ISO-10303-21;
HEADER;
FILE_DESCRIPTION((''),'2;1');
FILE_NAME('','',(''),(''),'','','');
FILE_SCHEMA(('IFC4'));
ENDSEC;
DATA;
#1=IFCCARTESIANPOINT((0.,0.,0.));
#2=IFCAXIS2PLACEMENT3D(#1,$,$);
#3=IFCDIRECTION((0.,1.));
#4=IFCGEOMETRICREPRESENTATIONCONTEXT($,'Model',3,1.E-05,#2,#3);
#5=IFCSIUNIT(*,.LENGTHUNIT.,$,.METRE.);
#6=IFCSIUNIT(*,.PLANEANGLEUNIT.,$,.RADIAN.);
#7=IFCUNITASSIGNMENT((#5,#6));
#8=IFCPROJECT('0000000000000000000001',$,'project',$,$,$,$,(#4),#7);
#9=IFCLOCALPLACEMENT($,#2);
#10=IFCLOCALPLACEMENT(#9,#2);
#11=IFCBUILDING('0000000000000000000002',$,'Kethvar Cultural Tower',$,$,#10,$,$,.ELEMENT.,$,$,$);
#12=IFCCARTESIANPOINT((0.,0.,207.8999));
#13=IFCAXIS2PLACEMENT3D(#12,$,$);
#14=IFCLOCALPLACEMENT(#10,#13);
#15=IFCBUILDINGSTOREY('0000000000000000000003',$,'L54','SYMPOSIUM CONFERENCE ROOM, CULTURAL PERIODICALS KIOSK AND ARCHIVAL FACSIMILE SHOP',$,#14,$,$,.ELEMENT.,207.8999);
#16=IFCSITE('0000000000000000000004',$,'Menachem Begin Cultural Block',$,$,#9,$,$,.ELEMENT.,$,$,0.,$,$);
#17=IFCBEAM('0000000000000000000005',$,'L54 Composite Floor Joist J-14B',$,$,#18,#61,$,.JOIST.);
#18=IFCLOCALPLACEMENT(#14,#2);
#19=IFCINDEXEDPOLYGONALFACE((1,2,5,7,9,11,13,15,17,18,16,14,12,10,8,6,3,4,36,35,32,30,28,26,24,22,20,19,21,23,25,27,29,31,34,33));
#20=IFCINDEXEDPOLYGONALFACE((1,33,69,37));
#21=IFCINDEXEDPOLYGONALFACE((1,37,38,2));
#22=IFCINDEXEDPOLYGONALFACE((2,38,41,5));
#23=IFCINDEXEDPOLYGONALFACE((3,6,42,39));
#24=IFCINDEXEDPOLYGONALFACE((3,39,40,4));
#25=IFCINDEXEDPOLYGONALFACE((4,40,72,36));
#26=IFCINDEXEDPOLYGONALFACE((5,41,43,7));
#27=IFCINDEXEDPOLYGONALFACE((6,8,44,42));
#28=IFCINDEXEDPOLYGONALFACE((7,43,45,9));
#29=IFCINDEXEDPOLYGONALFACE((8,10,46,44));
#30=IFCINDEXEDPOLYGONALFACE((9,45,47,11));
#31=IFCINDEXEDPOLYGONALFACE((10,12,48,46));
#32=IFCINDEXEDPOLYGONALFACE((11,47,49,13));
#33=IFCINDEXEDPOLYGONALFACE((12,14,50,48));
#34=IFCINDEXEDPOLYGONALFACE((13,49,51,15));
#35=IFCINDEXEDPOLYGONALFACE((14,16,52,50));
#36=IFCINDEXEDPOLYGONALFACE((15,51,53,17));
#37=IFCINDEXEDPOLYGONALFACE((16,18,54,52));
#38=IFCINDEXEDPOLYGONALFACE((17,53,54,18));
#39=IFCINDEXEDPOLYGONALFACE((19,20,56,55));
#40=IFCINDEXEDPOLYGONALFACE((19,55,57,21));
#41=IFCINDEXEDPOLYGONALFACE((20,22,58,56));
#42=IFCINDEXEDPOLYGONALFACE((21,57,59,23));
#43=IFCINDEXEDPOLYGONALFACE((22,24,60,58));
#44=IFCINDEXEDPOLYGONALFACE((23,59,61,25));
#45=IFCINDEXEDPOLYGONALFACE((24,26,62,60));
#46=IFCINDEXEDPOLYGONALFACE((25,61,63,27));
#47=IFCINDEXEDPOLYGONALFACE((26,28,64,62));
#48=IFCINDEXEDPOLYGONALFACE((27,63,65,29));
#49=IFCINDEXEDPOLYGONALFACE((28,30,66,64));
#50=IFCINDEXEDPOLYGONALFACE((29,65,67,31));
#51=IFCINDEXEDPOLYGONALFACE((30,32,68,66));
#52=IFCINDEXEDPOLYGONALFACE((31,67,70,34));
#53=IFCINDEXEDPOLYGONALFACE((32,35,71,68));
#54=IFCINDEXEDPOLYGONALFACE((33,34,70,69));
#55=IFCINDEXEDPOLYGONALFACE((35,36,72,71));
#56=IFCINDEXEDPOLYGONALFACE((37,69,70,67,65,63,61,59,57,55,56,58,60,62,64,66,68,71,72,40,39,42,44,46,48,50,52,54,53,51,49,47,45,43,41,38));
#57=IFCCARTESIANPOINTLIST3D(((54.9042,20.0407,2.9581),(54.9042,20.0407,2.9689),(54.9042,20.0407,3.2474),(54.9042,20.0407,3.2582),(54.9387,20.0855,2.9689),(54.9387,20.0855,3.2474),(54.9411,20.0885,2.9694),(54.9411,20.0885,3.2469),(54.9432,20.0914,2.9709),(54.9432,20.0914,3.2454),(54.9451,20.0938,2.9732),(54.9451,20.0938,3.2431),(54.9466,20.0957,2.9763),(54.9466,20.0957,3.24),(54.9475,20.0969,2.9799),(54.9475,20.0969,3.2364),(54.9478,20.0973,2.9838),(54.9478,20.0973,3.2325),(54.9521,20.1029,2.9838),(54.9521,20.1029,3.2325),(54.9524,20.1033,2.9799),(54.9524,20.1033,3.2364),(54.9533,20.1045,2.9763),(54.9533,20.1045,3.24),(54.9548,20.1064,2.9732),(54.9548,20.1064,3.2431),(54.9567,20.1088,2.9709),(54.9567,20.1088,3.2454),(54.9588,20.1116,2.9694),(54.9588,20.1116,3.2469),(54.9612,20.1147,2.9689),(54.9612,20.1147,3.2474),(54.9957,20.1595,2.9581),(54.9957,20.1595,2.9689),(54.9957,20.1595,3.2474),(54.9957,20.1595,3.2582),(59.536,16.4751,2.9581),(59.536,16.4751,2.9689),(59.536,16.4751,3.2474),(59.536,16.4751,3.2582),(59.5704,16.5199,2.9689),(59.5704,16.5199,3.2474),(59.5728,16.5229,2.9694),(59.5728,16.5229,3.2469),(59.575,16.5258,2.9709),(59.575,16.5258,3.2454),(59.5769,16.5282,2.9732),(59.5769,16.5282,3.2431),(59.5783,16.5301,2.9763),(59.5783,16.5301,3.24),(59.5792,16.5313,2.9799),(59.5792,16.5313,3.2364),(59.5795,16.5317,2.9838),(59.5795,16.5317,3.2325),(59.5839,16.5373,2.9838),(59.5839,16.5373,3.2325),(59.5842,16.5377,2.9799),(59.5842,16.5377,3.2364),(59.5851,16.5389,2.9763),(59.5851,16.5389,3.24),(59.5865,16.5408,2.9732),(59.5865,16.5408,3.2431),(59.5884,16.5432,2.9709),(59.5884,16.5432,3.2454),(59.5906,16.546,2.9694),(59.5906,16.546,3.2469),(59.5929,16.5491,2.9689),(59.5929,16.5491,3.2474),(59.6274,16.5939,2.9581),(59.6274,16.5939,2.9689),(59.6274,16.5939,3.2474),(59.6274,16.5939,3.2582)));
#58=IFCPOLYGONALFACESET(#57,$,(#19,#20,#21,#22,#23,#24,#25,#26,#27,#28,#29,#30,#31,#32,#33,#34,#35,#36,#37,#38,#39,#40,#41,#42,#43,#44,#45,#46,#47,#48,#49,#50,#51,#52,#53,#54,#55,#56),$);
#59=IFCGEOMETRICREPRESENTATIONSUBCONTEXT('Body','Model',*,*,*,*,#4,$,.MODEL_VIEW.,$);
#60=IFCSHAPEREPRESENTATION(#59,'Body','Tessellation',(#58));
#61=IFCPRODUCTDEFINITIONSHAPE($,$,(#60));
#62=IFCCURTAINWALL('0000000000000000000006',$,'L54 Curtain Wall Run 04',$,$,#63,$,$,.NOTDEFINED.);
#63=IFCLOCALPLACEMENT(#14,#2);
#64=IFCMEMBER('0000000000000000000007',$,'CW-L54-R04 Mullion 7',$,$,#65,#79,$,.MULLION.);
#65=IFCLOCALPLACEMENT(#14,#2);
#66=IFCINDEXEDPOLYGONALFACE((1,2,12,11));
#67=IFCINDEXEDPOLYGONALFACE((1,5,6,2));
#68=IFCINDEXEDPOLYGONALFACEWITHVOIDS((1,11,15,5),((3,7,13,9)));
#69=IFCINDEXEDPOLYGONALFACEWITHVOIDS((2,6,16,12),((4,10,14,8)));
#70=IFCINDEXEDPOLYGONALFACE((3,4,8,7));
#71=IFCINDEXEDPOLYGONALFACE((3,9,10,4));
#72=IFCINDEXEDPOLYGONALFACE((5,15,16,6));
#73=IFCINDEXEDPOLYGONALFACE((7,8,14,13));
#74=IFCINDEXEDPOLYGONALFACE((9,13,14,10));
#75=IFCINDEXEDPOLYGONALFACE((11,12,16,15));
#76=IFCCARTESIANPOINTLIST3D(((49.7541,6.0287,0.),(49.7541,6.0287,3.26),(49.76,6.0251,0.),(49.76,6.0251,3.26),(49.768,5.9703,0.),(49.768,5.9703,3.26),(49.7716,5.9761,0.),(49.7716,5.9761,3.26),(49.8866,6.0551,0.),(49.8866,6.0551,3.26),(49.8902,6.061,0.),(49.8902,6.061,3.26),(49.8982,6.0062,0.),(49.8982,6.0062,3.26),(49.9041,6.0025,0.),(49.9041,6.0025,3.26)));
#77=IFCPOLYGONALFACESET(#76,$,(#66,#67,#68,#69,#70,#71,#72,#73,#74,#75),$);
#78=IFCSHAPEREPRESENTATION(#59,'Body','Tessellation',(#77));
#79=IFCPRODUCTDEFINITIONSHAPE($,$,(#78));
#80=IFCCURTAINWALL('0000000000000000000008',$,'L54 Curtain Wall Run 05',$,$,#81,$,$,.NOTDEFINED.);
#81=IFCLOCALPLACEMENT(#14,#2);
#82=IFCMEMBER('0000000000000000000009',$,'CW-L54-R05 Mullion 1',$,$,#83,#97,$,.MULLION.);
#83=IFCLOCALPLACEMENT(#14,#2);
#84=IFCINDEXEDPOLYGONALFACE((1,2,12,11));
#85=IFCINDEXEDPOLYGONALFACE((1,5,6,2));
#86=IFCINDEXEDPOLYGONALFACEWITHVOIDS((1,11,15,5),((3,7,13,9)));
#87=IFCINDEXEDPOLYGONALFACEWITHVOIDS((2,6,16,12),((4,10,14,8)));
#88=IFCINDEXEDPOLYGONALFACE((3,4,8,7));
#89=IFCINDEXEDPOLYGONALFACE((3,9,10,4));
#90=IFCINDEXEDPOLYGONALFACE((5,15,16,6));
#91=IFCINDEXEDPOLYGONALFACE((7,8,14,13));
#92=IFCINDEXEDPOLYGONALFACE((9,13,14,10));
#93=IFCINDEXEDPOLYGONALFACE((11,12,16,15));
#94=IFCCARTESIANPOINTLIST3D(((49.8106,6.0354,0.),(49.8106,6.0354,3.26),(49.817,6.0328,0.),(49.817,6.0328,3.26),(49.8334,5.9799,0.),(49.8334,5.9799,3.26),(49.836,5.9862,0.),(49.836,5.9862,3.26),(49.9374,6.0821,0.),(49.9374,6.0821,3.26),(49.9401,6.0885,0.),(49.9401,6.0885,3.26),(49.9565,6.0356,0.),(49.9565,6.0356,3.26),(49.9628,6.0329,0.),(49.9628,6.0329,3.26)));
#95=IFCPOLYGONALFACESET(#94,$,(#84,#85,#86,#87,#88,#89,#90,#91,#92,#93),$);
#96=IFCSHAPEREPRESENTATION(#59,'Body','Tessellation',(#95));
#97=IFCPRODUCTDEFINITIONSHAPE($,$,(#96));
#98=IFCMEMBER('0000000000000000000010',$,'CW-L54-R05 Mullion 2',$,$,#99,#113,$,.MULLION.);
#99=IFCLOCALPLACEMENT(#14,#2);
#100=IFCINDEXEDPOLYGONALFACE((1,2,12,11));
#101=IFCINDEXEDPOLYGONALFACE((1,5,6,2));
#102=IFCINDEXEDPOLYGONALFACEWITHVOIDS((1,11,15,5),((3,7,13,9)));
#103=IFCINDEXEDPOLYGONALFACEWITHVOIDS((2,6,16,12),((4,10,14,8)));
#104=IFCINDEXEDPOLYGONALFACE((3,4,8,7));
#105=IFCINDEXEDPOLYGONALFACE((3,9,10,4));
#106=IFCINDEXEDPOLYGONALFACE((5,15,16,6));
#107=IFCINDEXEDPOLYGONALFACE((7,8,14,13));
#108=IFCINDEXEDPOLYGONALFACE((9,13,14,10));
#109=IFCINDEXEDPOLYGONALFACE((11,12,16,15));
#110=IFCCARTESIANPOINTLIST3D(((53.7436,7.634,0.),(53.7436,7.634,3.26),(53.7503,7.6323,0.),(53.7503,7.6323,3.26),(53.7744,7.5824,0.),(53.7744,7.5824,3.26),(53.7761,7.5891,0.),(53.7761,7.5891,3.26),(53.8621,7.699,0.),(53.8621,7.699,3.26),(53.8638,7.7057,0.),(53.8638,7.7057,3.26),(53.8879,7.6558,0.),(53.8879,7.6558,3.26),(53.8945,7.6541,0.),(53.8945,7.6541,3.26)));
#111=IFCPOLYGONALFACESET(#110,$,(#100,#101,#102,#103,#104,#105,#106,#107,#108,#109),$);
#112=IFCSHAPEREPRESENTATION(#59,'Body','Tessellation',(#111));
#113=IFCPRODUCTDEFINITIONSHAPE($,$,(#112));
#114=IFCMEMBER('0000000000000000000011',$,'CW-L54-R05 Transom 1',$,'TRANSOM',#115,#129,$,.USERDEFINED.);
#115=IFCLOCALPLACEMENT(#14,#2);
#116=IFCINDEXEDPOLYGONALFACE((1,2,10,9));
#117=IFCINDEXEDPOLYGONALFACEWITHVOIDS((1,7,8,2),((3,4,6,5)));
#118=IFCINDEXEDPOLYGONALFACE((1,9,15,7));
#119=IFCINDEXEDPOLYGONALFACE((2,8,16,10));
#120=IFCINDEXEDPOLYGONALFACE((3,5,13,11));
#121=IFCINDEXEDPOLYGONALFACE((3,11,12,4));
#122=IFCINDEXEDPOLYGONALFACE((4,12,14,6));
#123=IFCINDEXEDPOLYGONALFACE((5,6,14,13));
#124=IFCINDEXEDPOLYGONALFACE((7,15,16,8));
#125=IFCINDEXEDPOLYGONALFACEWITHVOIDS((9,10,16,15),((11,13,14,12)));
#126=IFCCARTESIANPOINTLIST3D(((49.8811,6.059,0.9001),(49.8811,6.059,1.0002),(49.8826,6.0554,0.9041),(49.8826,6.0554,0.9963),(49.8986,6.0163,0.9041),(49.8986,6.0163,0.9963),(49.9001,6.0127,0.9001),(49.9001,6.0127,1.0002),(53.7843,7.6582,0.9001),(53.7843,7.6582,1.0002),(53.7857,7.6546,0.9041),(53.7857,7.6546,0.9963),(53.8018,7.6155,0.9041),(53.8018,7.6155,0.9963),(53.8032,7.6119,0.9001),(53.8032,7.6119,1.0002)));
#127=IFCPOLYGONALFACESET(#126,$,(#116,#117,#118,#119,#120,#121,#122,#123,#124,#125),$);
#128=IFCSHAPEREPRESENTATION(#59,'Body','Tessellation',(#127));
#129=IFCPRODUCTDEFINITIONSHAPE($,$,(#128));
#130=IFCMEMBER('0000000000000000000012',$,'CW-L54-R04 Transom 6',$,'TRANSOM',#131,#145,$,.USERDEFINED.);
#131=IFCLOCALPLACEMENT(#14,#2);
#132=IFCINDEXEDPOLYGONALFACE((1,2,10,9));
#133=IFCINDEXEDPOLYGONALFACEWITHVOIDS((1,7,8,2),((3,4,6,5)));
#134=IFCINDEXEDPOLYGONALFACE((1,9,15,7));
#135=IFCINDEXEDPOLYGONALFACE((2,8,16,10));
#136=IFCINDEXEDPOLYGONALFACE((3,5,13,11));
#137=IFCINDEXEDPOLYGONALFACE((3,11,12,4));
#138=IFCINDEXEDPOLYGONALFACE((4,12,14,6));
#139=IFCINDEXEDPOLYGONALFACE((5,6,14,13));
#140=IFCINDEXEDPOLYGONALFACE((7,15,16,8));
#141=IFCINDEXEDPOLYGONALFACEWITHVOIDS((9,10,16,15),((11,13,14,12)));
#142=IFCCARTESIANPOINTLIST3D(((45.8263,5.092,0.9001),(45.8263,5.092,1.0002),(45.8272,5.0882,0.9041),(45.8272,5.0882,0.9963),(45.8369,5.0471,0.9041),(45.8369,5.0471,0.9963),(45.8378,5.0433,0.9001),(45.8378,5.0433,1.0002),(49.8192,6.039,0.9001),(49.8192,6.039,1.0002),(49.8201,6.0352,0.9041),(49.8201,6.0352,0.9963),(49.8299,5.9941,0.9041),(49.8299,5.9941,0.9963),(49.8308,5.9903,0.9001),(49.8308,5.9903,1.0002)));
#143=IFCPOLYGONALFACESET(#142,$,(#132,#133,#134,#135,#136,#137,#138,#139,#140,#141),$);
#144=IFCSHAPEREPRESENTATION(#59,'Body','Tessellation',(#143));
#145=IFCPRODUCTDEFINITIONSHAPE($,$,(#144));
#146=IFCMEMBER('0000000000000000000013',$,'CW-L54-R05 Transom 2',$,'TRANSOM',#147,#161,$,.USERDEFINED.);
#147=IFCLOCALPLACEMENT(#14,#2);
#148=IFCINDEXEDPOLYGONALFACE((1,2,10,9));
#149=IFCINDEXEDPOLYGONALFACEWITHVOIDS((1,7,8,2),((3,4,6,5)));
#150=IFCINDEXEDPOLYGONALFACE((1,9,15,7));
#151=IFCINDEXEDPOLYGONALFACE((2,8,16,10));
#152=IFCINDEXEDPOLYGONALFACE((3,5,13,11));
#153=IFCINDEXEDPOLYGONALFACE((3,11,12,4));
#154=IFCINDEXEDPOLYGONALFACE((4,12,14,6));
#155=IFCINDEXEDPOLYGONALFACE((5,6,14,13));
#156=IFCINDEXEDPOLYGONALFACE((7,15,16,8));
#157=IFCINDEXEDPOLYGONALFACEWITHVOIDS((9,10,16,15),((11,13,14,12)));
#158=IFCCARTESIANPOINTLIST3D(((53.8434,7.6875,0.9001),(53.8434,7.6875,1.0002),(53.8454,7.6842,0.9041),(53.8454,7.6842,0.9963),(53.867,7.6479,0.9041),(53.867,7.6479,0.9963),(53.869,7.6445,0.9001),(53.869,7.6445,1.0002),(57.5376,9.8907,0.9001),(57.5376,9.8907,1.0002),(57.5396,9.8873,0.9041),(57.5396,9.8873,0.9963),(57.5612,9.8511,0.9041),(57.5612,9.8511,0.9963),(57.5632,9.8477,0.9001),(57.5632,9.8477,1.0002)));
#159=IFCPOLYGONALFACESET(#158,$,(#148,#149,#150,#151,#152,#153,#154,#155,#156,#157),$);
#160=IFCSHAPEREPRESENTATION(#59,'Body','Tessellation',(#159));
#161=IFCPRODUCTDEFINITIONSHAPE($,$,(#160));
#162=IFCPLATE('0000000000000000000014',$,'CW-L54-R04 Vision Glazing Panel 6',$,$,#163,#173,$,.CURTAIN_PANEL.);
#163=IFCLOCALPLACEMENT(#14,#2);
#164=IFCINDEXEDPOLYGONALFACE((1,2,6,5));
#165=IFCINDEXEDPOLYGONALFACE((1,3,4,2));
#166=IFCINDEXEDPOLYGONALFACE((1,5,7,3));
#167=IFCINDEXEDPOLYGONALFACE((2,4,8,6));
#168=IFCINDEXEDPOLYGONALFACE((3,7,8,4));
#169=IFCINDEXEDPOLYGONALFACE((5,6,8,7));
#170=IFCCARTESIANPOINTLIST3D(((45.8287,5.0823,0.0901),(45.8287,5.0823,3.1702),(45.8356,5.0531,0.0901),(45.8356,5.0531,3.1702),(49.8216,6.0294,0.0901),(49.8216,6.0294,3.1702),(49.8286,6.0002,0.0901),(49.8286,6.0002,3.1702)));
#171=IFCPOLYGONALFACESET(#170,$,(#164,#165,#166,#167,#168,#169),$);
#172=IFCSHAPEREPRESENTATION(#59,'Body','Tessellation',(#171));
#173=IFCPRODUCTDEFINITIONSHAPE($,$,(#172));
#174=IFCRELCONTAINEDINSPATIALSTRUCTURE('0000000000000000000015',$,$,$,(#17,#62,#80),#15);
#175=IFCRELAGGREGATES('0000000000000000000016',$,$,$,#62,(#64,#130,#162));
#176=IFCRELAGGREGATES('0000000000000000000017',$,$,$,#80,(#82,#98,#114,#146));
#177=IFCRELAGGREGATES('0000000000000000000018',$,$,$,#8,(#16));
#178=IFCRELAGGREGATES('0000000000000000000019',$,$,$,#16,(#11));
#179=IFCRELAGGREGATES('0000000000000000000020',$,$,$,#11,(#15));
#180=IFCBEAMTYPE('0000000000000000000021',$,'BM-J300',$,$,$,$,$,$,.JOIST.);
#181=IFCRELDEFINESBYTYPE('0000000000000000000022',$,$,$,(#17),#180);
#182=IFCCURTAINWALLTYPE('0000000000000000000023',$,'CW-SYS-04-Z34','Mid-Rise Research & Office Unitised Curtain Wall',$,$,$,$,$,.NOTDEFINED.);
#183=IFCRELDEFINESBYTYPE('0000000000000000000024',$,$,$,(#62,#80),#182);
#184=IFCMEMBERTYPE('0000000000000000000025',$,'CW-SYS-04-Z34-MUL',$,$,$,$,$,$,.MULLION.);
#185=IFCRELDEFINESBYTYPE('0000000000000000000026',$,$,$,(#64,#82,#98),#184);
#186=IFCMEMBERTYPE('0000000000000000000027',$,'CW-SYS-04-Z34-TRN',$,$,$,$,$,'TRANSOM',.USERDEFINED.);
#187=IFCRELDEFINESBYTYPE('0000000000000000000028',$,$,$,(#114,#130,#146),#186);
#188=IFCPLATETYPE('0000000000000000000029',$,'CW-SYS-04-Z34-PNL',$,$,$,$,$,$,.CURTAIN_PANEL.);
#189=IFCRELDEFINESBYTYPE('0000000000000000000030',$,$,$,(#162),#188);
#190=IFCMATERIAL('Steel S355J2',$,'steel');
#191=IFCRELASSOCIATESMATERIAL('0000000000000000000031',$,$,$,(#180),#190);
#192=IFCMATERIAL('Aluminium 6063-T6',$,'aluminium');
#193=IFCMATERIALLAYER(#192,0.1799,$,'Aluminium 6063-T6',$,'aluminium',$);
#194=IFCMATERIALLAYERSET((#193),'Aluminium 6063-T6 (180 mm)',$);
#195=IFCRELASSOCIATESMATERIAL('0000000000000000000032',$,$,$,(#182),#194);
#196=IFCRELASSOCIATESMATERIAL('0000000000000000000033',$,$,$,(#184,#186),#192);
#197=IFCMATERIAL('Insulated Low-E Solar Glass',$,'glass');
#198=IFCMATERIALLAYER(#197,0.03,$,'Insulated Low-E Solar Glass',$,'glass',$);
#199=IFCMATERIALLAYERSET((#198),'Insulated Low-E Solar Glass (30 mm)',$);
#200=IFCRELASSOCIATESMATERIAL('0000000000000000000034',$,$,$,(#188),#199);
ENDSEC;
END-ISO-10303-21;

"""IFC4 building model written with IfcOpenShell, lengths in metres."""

from ifc_helpers import new_model, si_unit, direction, frame, origin, origin_2d, place, context, subcontext, project, spatial, rectangle, hollow_rectangle, i_section, extrude, source, transform, mapped, material, layer, layer_set, material_profile, profile_set, type_object, element, aggregate, save


model = new_model("IFC4")

# Units and contexts
model_context = context("Model", 3, precision=1e-05, world=origin(), true_north=direction((0.0, 1.0)))
body_context = subcontext(model_context, "Body", "Model", "MODEL_VIEW")
ifc_project = project(units=[si_unit("LENGTHUNIT", "METRE"), si_unit("PLANEANGLEUNIT", "RADIAN")], contexts=[model_context])

# Site, building, storey
site_placement = place(None, origin())
site = spatial("IfcSite", under=ifc_project, at=site_placement, Name="Menachem Begin Cultural Block", CompositionType="ELEMENT", RefElevation=0.0)
building_placement = place(site_placement, origin())
building = spatial("IfcBuilding", under=site, at=building_placement, Name="Kethvar Cultural Tower", CompositionType="ELEMENT")
storey_placement = place(building_placement, frame((0.0, 0.0, 207.8999)))
storey = spatial("IfcBuildingStorey", under=building, at=storey_placement, Name="L54", Description="SYMPOSIUM CONFERENCE ROOM, CULTURAL PERIODICALS KIOSK AND ARCHIVAL FACSIMILE SHOP", CompositionType="ELEMENT", Elevation=207.8999)

# Beam
ifc_material_1 = material(Name="Steel S355J2", Category="steel")
ifc_material_profile_1 = material_profile(ifc_material_1, i_section(OverallWidth=0.1499, OverallDepth=0.3, WebThickness=0.0071, FlangeThickness=0.0107, FilletRadius=0.0149, at=origin_2d()), Name="Steel S355J2 — IPE300")
ifc_profile_set_1 = profile_set([ifc_material_profile_1], Name="Steel S355J2 — IPE300")
beam_type_1 = type_object("IfcBeamType", Name="BM-J300", PredefinedType="JOIST", material=ifc_profile_set_1)
shared_shape_1 = source(origin(), body_context, "Body", "SweptSolid", [
    extrude(i_section(OverallWidth=0.1499, OverallDepth=0.3, WebThickness=0.0071, FlangeThickness=0.0107, FilletRadius=0.0149, at=origin_2d()), origin(), (0.0, 0.0, 1.0), 5.8452),
])
beam_1_placement = place(storey_placement, frame((54.95, 20.1001, 3.1082), z_axis=(0.792399, -0.610003, 0.0), x_axis=(0.610003, 0.792399, 0.0)))
element("IfcBeam", 1, at=beam_1_placement, inside=storey, type_object=beam_type_1, Name="L54 Composite Floor Joist J-14B", PredefinedType="JOIST", context=body_context, shape_type="MappedRepresentation", body=[
    mapped(shared_shape_1, transform((0.0, 0.0, 0.0), scale=1.0)),
])

# Curtain wall, member
ifc_material_2 = material(Name="Aluminium 6063-T6", Category="aluminium")
ifc_layer_1 = layer(ifc_material_2, 0.1799, Name="Aluminium 6063-T6", Category="aluminium")
ifc_layer_set_1 = layer_set([ifc_layer_1], Name="Aluminium 6063-T6 (180 mm)")
curtain_wall_type = type_object("IfcCurtainWallType", Name="CW-SYS-04-Z34", Description="Mid-Rise Research & Office Unitised Curtain Wall", PredefinedType="NOTDEFINED", material=ifc_layer_set_1)
curtain_wall_1_placement = place(storey_placement, origin())
curtain_wall_1 = element("IfcCurtainWall", 2, at=curtain_wall_1_placement, inside=storey, type_object=curtain_wall_type, Name="L54 Curtain Wall Run 04", PredefinedType="NOTDEFINED")
ifc_material_profile_2 = material_profile(ifc_material_2, hollow_rectangle(XDim=0.0601, YDim=0.1399, WallThickness=0.0049, at=origin_2d()), Name="Aluminium 6063-T6 — RHS140x60x5")
ifc_profile_set_2 = profile_set([ifc_material_profile_2], Name="Aluminium 6063-T6 — RHS140x60x5")
member_type_1 = type_object("IfcMemberType", Name="CW-SYS-04-Z34-MUL", PredefinedType="MULLION", material=ifc_profile_set_2)
shared_shape_2 = source(origin(), body_context, "Body", "SweptSolid", [
    extrude(hollow_rectangle(XDim=0.0601, YDim=0.1399, WallThickness=0.0049, at=origin_2d()), origin(), (0.0, 0.0, 1.0), 3.26),
])
member_1_placement = place(storey_placement, frame((49.8291, 6.0156, 0.0), z_axis=(0.0, 0.0, 1.0), x_axis=(-0.23078, 0.973006, 0.0)))
member_1 = element("IfcMember", 3, at=member_1_placement, type_object=member_type_1, Name="CW-L54-R04 Mullion 7", PredefinedType="MULLION", context=body_context, shape_type="MappedRepresentation", body=[
    mapped(shared_shape_2, transform((0.0, 0.0, 0.0), scale=1.0)),
])

# Curtain wall, members
curtain_wall_2_placement = place(storey_placement, origin())
curtain_wall_2 = element("IfcCurtainWall", 4, at=curtain_wall_2_placement, inside=storey, type_object=curtain_wall_type, Name="L54 Curtain Wall Run 05", PredefinedType="NOTDEFINED")
member_2_placement = place(storey_placement, frame((49.8867, 6.0342, 0.0), z_axis=(0.0, 0.0, 1.0), x_axis=(-0.379117, 0.925349, 0.0)))
member_2 = element("IfcMember", 5, at=member_2_placement, type_object=member_type_1, Name="CW-L54-R05 Mullion 1", PredefinedType="MULLION", context=body_context, shape_type="MappedRepresentation", body=[
    mapped(shared_shape_2, transform((0.0, 0.0, 0.0), scale=1.0)),
])
member_3_placement = place(storey_placement, frame((53.8191, 7.644, 0.0), z_axis=(0.0, 0.0, 1.0), x_axis=(-0.512223, 0.858853, 0.0)))
member_3 = element("IfcMember", 6, at=member_3_placement, type_object=member_type_1, Name="CW-L54-R05 Mullion 2", PredefinedType="MULLION", context=body_context, shape_type="MappedRepresentation", body=[
    mapped(shared_shape_2, transform((0.0, 0.0, 0.0), scale=1.0)),
])
ifc_material_profile_3 = material_profile(ifc_material_2, hollow_rectangle(XDim=0.05, YDim=0.1001, WallThickness=0.0039, at=origin_2d()), Name="Aluminium 6063-T6 — RHS100x50x4")
ifc_profile_set_3 = profile_set([ifc_material_profile_3], Name="Aluminium 6063-T6 — RHS100x50x4")
member_type_2 = type_object("IfcMemberType", Name="CW-SYS-04-Z34-TRN", ElementType="TRANSOM", PredefinedType="USERDEFINED", material=ifc_profile_set_3)
shared_shape_3 = source(origin(), body_context, "Body", "SweptSolid", [
    extrude(hollow_rectangle(XDim=0.05, YDim=0.1001, WallThickness=0.0039, at=origin_2d()), origin(), (0.0, 0.0, 1.0), 4.218),
])
member_4_placement = place(storey_placement, frame((49.8906, 6.0359, 0.9502), z_axis=(0.925347, 0.379122, 0.0), x_axis=(-0.379122, 0.925347, 0.0)))
member_4 = element("IfcMember", 7, at=member_4_placement, type_object=member_type_2, Name="CW-L54-R05 Transom 1", ObjectType="TRANSOM", PredefinedType="USERDEFINED", context=body_context, shape_type="MappedRepresentation", body=[
    mapped(shared_shape_3, transform((0.0, 0.0, 0.0), scale=1.0)),
])

# Members
shared_shape_4 = source(origin(), body_context, "Body", "SweptSolid", [
    extrude(hollow_rectangle(XDim=0.05, YDim=0.1001, WallThickness=0.0039, at=origin_2d()), origin(), (0.0, 0.0, 1.0), 4.1038),
])
member_5_placement = place(storey_placement, frame((45.832, 5.0676, 0.9502), z_axis=(0.973008, 0.230773, 0.0), x_axis=(-0.230773, 0.973008, 0.0)))
member_5 = element("IfcMember", 8, at=member_5_placement, type_object=member_type_2, Name="CW-L54-R04 Transom 6", ObjectType="TRANSOM", PredefinedType="USERDEFINED", context=body_context, shape_type="MappedRepresentation", body=[
    mapped(shared_shape_4, transform((0.0, 0.0, 0.0), scale=1.0)),
])
shared_shape_5 = source(origin(), body_context, "Body", "SweptSolid", [
    extrude(hollow_rectangle(XDim=0.05, YDim=0.1001, WallThickness=0.0039, at=origin_2d()), origin(), (0.0, 0.0, 1.0), 4.3013),
])
member_6_placement = place(storey_placement, frame((53.8562, 7.666, 0.9502), z_axis=(0.858857, 0.512215, 0.0), x_axis=(-0.512215, 0.858857, 0.0)))
member_6 = element("IfcMember", 9, at=member_6_placement, type_object=member_type_2, Name="CW-L54-R05 Transom 2", ObjectType="TRANSOM", PredefinedType="USERDEFINED", context=body_context, shape_type="MappedRepresentation", body=[
    mapped(shared_shape_5, transform((0.0, 0.0, 0.0), scale=1.0)),
])

# Plate
ifc_material_3 = material(Name="Insulated Low-E Solar Glass", Category="glass")
ifc_layer_2 = layer(ifc_material_3, 0.03, Name="Insulated Low-E Solar Glass", Category="glass")
ifc_layer_set_2 = layer_set([ifc_layer_2], Name="Insulated Low-E Solar Glass (30 mm)")
plate_type = type_object("IfcPlateType", Name="CW-SYS-04-Z34-PNL", PredefinedType="CURTAIN_PANEL", material=ifc_layer_set_2)
shared_shape_6 = source(origin(), body_context, "Body", "SweptSolid", [
    extrude(rectangle(XDim=4.1038, YDim=0.03, at=origin_2d()), origin(), (0.0, 0.0, 1.0), 3.0801),
])
plate_1_placement = place(storey_placement, frame((47.8286, 5.5413, 0.0901), z_axis=(0.0, 0.0, 1.0), x_axis=(0.973006, 0.23078, 0.0)))
plate_1 = element("IfcPlate", 10, at=plate_1_placement, type_object=plate_type, Name="CW-L54-R04 Vision Glazing Panel 6", PredefinedType="CURTAIN_PANEL", context=body_context, shape_type="MappedRepresentation", body=[
    mapped(shared_shape_6, transform((0.0, 0.0, 0.0), scale=1.0)),
])
aggregate(curtain_wall_1, [member_1, member_5, plate_1])
aggregate(curtain_wall_2, [member_2, member_3, member_4, member_6])

save(model, "model.ifc")
